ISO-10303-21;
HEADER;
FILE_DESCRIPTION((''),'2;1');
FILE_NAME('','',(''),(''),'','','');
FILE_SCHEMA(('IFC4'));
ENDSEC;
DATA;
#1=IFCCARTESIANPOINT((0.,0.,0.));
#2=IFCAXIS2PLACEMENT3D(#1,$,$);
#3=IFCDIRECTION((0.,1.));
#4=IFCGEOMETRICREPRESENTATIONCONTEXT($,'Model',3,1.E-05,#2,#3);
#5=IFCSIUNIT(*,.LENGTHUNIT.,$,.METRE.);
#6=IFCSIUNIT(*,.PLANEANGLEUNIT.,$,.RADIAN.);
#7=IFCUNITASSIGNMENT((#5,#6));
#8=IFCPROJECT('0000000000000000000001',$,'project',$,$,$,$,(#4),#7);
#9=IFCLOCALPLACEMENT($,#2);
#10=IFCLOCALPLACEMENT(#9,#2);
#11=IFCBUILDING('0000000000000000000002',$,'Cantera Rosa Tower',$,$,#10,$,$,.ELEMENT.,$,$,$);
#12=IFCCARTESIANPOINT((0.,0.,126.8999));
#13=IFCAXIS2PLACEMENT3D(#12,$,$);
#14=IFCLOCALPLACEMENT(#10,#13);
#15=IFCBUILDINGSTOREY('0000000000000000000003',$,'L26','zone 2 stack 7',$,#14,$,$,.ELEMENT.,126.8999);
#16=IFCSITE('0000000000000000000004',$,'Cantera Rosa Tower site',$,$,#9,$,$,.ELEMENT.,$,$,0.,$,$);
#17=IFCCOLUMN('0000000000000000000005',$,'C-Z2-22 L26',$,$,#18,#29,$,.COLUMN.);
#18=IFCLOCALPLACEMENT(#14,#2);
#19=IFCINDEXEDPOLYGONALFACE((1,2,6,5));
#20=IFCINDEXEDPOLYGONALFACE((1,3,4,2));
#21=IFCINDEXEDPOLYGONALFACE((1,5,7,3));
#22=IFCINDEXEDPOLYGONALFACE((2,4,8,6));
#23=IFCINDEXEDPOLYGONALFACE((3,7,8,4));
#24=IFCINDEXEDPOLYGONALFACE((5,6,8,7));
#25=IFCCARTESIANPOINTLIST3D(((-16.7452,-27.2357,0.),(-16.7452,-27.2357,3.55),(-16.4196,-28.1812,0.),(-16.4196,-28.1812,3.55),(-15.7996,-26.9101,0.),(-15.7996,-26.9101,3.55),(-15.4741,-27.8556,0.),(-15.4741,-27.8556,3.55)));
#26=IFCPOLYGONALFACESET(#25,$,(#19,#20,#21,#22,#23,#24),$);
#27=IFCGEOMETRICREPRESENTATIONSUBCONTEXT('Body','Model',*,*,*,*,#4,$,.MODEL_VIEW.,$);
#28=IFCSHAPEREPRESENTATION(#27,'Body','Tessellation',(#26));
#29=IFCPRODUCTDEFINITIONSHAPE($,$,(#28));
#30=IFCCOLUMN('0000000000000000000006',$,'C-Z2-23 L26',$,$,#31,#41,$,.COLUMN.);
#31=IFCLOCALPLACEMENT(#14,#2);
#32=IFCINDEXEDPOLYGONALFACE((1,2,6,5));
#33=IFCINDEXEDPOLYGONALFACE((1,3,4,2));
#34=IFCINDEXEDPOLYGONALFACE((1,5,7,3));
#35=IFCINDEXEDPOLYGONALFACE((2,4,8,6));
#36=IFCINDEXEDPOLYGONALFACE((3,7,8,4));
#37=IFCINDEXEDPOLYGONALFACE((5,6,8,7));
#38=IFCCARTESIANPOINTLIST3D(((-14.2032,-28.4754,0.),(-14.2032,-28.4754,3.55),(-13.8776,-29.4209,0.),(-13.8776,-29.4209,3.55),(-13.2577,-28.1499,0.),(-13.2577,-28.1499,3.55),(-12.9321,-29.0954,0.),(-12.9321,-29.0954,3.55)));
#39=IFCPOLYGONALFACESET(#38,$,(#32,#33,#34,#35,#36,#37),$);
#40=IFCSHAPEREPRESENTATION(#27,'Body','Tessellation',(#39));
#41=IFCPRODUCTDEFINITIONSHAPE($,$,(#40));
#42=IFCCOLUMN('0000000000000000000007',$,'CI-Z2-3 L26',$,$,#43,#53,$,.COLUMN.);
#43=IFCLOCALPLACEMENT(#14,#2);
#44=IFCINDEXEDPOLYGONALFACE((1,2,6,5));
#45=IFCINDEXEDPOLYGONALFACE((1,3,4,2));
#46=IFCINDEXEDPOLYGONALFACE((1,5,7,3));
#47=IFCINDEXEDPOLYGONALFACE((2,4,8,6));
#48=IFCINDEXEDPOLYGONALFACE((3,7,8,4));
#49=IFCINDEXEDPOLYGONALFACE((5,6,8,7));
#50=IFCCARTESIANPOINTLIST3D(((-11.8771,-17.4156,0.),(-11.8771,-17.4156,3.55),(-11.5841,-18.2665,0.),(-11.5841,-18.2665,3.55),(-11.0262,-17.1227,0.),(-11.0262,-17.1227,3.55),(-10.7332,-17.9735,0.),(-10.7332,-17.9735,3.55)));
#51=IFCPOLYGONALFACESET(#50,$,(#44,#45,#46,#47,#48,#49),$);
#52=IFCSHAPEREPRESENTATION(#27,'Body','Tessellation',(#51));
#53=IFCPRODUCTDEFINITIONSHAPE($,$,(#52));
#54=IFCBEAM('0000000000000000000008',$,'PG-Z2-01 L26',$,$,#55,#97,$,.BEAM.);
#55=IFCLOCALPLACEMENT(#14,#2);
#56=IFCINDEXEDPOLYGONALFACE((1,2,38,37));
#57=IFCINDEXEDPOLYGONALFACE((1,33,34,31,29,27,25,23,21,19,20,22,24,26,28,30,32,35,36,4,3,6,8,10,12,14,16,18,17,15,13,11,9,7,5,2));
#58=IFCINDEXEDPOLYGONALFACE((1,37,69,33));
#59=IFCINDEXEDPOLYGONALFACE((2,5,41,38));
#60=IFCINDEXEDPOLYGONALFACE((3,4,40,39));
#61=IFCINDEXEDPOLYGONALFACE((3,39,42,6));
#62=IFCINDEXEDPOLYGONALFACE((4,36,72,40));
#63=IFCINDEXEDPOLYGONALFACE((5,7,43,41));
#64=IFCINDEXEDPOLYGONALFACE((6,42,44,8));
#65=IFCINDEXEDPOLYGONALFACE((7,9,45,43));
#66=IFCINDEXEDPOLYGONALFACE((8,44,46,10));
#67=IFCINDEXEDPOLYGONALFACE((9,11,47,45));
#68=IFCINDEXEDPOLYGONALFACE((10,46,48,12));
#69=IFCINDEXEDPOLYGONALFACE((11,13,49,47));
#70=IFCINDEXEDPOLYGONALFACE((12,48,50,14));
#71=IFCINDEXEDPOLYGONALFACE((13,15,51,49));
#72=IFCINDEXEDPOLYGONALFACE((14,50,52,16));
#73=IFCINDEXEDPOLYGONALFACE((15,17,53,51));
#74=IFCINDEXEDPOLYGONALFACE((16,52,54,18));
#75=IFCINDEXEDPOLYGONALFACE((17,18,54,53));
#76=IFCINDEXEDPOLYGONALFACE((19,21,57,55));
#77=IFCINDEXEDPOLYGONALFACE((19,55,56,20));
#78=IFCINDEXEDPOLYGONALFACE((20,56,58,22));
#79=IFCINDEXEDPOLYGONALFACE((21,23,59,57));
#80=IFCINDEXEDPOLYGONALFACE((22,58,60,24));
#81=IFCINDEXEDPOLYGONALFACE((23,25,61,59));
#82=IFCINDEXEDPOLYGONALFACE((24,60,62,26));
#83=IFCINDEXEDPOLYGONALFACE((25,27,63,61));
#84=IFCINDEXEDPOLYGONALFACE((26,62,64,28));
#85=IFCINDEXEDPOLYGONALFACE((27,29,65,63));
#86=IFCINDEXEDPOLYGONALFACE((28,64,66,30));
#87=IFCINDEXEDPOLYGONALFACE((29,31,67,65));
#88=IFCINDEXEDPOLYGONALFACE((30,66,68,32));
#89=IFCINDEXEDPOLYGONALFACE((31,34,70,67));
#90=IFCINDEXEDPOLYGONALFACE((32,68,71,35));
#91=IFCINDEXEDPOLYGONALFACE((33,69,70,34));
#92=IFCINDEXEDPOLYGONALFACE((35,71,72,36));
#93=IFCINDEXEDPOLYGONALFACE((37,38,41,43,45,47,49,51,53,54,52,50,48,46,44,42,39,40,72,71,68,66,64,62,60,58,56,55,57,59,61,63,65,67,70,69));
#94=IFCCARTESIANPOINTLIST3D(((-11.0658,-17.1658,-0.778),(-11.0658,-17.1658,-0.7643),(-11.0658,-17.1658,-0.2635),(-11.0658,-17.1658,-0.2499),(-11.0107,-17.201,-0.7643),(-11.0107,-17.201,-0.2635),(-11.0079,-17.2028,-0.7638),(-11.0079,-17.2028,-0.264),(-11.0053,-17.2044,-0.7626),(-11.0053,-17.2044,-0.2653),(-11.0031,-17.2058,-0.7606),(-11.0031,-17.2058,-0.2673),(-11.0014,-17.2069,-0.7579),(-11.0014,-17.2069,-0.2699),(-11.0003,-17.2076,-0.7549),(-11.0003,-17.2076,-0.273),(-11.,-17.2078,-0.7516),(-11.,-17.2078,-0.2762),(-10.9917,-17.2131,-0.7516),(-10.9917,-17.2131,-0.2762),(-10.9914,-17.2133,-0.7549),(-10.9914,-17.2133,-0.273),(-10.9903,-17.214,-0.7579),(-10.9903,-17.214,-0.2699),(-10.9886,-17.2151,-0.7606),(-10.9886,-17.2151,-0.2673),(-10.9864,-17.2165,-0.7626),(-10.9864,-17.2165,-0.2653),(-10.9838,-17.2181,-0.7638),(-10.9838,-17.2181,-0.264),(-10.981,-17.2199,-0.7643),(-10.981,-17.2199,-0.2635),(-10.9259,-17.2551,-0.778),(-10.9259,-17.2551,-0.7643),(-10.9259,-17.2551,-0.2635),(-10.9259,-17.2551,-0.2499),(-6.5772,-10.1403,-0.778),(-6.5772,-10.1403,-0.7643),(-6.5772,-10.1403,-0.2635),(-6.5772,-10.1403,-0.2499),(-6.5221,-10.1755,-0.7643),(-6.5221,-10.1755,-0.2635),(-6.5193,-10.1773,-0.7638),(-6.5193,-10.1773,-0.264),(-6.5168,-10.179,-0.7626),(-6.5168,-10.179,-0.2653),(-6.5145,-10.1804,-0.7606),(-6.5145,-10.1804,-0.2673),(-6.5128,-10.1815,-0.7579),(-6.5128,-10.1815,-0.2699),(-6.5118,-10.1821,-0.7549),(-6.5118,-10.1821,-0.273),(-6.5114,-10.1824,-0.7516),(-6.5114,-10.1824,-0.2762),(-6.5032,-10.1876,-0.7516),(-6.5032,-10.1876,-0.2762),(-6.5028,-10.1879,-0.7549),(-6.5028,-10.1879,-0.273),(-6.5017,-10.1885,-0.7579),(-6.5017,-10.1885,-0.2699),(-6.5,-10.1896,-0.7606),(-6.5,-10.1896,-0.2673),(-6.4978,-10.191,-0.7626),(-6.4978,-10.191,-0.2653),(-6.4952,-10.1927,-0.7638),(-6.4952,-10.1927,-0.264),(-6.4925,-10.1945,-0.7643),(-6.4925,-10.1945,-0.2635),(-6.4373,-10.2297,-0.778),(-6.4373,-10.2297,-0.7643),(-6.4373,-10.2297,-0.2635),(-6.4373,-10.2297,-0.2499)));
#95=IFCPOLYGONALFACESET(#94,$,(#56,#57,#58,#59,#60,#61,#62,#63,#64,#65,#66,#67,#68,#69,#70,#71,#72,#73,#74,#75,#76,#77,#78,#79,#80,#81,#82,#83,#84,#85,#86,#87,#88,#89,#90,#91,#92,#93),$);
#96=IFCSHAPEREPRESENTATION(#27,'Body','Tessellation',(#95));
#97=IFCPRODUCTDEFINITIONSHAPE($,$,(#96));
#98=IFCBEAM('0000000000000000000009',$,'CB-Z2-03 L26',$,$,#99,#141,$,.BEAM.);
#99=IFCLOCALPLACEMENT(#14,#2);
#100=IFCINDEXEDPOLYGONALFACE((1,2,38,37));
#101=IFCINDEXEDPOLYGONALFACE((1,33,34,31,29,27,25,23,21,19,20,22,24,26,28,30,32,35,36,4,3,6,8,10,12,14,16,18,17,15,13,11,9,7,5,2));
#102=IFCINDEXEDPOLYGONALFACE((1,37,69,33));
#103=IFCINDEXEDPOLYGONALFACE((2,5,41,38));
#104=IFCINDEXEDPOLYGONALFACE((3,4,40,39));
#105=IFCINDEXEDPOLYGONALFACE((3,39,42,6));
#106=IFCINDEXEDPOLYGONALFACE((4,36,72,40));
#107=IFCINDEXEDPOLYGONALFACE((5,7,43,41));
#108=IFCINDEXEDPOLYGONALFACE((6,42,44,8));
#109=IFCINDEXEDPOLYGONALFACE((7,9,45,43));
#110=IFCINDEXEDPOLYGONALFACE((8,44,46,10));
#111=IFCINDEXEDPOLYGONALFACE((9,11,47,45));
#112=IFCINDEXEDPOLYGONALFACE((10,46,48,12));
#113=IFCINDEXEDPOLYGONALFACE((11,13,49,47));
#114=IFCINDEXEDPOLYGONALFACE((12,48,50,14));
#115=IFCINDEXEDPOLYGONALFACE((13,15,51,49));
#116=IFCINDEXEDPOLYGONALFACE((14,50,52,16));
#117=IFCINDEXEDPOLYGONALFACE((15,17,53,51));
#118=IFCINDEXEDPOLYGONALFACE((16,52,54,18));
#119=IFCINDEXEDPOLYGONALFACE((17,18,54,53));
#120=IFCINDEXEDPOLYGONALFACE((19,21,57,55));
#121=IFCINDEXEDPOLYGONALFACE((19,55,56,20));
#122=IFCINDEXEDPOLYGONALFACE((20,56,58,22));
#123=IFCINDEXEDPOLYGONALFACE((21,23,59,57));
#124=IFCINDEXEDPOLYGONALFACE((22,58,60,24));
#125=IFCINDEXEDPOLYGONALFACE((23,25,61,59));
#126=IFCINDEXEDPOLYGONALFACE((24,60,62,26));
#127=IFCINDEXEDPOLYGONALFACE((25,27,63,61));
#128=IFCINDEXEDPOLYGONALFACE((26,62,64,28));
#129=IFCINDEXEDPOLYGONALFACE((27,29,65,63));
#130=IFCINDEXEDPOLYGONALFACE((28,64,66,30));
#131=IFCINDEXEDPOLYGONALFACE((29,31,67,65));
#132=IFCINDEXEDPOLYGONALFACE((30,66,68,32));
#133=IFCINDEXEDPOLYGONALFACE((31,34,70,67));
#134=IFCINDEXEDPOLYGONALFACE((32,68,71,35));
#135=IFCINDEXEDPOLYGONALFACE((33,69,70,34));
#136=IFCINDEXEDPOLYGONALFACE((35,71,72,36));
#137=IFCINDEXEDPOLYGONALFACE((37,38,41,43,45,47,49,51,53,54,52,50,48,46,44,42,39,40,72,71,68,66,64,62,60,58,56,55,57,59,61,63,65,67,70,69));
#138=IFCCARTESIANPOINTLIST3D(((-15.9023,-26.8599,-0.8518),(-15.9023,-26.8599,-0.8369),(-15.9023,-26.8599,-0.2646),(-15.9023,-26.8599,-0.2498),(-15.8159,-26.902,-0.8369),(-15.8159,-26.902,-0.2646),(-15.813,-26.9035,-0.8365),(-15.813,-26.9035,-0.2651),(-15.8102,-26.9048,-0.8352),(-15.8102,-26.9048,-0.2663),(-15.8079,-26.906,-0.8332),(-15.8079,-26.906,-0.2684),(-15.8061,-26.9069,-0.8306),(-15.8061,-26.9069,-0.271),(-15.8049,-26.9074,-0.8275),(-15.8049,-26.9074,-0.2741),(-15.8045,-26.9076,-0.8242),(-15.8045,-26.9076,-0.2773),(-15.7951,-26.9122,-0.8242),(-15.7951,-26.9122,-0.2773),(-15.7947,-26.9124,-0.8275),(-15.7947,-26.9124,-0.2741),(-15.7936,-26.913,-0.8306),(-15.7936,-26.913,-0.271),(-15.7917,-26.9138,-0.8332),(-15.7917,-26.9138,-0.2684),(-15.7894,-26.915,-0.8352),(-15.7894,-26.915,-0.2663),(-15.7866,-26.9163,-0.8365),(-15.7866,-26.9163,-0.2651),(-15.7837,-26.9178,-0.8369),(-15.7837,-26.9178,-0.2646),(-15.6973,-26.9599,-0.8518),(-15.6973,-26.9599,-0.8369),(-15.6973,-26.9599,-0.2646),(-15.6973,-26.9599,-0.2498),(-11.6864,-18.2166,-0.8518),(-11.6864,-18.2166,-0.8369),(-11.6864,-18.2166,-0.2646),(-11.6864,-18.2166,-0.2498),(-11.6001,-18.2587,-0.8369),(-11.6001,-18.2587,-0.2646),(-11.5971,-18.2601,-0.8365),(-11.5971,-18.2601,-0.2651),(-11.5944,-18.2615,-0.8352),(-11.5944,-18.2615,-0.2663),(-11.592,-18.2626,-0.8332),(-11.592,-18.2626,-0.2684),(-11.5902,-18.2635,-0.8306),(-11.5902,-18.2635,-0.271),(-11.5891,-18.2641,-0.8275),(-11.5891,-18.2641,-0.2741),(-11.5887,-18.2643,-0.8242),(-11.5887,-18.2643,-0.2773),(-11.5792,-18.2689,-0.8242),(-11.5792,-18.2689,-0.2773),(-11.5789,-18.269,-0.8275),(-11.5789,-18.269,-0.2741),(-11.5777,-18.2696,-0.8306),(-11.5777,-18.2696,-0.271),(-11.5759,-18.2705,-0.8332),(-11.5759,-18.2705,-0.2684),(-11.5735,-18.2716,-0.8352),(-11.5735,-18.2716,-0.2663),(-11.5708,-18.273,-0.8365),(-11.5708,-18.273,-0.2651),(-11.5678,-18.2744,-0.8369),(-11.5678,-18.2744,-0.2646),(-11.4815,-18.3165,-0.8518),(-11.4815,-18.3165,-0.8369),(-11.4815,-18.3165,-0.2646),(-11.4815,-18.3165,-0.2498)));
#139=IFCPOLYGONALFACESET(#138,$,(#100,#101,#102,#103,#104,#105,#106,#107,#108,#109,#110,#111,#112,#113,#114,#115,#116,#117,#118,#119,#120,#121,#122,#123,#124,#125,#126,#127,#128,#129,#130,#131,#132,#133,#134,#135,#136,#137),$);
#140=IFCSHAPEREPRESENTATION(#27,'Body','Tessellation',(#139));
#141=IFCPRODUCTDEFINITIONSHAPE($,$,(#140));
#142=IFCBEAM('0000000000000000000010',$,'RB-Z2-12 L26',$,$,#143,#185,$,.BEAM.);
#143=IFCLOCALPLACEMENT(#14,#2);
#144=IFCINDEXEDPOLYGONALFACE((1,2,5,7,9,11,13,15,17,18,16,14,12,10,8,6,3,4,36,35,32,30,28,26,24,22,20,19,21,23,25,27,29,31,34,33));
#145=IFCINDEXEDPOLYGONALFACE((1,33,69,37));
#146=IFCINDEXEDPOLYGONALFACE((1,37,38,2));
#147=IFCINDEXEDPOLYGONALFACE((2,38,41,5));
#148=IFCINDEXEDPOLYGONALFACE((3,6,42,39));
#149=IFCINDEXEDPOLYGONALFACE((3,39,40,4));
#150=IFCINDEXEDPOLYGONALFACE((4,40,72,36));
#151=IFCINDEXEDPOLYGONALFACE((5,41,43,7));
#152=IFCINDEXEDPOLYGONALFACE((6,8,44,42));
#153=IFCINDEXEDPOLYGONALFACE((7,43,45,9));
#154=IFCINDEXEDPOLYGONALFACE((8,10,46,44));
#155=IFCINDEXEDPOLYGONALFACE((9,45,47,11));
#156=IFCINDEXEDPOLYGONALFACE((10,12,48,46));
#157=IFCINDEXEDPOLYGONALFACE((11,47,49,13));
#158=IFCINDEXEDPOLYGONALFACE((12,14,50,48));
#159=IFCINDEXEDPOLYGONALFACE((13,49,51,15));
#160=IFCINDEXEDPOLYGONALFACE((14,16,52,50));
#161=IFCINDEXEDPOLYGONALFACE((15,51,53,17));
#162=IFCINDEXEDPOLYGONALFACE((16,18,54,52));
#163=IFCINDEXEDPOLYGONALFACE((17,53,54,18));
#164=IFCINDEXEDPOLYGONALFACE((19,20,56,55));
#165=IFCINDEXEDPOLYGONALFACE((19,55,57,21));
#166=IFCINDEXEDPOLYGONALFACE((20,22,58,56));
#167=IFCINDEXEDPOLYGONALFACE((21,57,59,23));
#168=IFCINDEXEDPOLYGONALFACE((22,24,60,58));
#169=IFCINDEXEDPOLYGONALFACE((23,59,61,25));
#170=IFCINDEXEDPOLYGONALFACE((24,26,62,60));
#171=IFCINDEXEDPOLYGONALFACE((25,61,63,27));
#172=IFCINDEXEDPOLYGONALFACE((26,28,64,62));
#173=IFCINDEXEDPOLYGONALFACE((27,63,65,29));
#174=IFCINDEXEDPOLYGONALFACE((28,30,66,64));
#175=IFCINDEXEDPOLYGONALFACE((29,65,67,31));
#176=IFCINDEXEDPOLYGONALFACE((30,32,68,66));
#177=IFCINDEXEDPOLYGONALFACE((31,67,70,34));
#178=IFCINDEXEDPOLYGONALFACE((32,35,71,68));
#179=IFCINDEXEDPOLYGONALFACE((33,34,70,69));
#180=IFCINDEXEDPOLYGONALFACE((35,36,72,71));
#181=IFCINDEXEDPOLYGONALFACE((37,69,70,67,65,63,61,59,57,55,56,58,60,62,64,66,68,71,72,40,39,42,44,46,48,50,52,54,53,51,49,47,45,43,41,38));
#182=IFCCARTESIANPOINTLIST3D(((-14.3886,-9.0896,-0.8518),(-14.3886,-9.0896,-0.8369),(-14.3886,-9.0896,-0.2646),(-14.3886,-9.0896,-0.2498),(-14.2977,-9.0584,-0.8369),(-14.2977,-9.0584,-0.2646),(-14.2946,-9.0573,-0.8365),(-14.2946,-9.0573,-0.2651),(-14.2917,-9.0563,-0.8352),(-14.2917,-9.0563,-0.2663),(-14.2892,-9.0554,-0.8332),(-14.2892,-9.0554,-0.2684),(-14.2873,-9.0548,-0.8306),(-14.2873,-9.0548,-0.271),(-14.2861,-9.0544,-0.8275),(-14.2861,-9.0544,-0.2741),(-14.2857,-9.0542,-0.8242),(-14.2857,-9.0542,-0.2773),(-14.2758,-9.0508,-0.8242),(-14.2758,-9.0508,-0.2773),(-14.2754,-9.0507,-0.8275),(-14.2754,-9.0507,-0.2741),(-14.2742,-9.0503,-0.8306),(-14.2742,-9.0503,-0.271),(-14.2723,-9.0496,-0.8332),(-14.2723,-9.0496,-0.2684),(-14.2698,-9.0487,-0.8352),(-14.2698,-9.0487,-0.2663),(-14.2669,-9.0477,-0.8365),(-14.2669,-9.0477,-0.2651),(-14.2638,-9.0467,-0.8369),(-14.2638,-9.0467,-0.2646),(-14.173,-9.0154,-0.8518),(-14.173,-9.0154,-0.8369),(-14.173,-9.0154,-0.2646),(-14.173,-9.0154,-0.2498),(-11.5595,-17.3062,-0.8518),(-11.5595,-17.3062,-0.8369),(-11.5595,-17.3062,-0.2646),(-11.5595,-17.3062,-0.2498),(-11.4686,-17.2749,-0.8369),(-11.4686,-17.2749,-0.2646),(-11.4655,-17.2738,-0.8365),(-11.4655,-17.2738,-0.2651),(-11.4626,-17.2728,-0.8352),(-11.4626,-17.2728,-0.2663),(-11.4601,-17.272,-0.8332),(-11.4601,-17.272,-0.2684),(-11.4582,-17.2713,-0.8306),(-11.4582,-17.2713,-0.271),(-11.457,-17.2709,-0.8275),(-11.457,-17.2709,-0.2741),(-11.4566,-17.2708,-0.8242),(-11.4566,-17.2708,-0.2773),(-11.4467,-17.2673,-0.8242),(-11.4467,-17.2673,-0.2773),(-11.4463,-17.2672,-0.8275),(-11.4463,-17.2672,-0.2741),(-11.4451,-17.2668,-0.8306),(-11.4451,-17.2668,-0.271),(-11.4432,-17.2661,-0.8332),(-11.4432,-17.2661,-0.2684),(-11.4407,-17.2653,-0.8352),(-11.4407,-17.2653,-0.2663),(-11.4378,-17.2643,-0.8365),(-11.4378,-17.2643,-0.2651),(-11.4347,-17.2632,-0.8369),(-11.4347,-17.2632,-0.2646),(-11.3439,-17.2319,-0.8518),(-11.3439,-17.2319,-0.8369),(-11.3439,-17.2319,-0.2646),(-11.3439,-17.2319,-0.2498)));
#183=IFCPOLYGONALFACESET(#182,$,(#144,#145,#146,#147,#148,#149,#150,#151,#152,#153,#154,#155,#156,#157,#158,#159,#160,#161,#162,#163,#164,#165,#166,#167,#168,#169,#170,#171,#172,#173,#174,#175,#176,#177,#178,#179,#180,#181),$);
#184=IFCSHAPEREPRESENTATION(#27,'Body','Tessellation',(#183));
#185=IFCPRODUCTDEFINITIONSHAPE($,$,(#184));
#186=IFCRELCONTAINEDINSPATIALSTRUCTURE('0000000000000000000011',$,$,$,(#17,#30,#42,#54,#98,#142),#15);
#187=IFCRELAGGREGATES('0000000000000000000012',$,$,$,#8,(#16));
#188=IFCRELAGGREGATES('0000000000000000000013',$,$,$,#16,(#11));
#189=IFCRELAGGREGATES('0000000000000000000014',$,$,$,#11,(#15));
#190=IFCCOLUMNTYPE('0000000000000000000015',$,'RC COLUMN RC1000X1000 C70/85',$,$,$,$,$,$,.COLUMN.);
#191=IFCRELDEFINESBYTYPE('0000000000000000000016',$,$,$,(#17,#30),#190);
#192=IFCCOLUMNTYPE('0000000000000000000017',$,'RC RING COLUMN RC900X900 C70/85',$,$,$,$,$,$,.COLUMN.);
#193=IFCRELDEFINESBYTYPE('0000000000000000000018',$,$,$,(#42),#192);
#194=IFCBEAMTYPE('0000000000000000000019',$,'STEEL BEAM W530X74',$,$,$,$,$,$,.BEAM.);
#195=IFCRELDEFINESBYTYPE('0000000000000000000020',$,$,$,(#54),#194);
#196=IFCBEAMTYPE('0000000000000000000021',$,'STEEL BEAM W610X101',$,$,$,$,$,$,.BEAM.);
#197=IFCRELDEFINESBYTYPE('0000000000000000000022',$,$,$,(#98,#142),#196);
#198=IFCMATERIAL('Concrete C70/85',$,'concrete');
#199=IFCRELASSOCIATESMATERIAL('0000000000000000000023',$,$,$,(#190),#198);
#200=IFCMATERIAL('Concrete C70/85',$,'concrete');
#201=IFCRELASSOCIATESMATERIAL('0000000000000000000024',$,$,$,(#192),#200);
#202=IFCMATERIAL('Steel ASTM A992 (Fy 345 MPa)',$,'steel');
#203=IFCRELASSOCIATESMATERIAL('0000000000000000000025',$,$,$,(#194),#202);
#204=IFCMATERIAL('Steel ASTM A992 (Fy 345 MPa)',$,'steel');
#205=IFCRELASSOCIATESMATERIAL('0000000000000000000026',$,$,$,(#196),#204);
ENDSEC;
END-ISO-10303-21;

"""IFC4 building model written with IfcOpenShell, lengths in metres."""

from ifc_helpers import new_model, si_unit, direction, frame, origin, origin_2d, place, context, subcontext, project, spatial, rectangle, i_section, extrude, material, material_profile, profile_set, type_object, element, save


model = new_model("IFC4")

# Units and contexts
model_context = context("Model", 3, precision=1e-05, world=origin(), true_north=direction((0.0, 1.0)))
body_context = subcontext(model_context, "Body", "Model", "MODEL_VIEW")
ifc_project = project(units=[si_unit("LENGTHUNIT", "METRE"), si_unit("PLANEANGLEUNIT", "RADIAN")], contexts=[model_context])

# Site, building, storey
site_placement = place(None, origin())
site = spatial("IfcSite", under=ifc_project, at=site_placement, Name="Cantera Rosa Tower site", CompositionType="ELEMENT", RefElevation=0.0)
building_placement = place(site_placement, origin())
building = spatial("IfcBuilding", under=site, at=building_placement, Name="Cantera Rosa Tower", CompositionType="ELEMENT")
storey_placement = place(building_placement, frame((0.0, 0.0, 126.8999)))
storey = spatial("IfcBuildingStorey", under=building, at=storey_placement, Name="L26", Description="zone 2 stack 7", CompositionType="ELEMENT", Elevation=126.8999)

# Columns
ifc_material_1 = material(Name="Concrete C70/85", Category="concrete")
ifc_material_profile_1 = material_profile(ifc_material_1, rectangle(XDim=1.0, YDim=1.0, at=origin_2d()), Name="RC COLUMN RC1000X1000 C70/85")
ifc_profile_set_1 = profile_set([ifc_material_profile_1], Name="Concrete C70/85")
column_type_1 = type_object("IfcColumnType", Name="RC COLUMN RC1000X1000 C70/85", PredefinedType="COLUMN", material=ifc_profile_set_1)
for number, where, z_axis, x_axis, name in (
    (1, (-16.1096, -27.5457, 0.0), (0.0, 0.0, 1.0), (0.945519, 0.325568, 0.0), "C-Z2-22 L26"),
    (2, (-13.5676, -28.7854, 0.0), (0.0, 0.0, 1.0), (0.945519, 0.325568, 0.0), "C-Z2-23 L26"),
):
    element("IfcColumn", number, at=place(storey_placement, frame(where, z_axis=z_axis, x_axis=x_axis)), inside=storey, type_object=column_type_1, Name=name, PredefinedType="COLUMN", context=body_context, shape_type="SweptSolid", body=[
        extrude(rectangle(XDim=1.0, YDim=1.0, at=origin_2d()), origin(), (0.0, 0.0, 1.0), 3.55),
    ])
ifc_material_2 = material(Name="Concrete C70/85", Category="concrete")
ifc_material_profile_2 = material_profile(ifc_material_2, rectangle(XDim=0.8999, YDim=0.8999, at=origin_2d()), Name="RC RING COLUMN RC900X900 C70/85")
ifc_profile_set_2 = profile_set([ifc_material_profile_2], Name="Concrete C70/85")
column_type_2 = type_object("IfcColumnType", Name="RC RING COLUMN RC900X900 C70/85", PredefinedType="COLUMN", material=ifc_profile_set_2)
column_placement = place(storey_placement, frame((-11.3052, -17.6946, 0.0), z_axis=(0.0, 0.0, 1.0), x_axis=(0.945519, 0.325568, 0.0)))
element("IfcColumn", 3, at=column_placement, inside=storey, type_object=column_type_2, Name="CI-Z2-3 L26", PredefinedType="COLUMN", context=body_context, shape_type="SweptSolid", body=[
    extrude(rectangle(XDim=0.8999, YDim=0.8999, at=origin_2d()), origin(), (0.0, 0.0, 1.0), 3.55),
])

# Beams
ifc_material_3 = material(Name="Steel ASTM A992 (Fy 345 MPa)", Category="steel")
ifc_material_profile_3 = material_profile(ifc_material_3, i_section(OverallWidth=0.166, OverallDepth=0.5281, WebThickness=0.0098, FlangeThickness=0.0137, FilletRadius=0.0127, at=origin_2d()), Name="W530X74")
ifc_profile_set_3 = profile_set([ifc_material_profile_3], Name="Steel ASTM A992 (Fy 345 MPa)")
beam_type_1 = type_object("IfcBeamType", Name="STEEL BEAM W530X74", PredefinedType="BEAM", material=ifc_profile_set_3)
beam_1_placement = place(storey_placement, frame((-10.9958, -17.2104, -0.5139), z_axis=(0.538396, 0.842692, 0.0), x_axis=(-0.842692, 0.538396, 0.0)))
element("IfcBeam", 4, at=beam_1_placement, inside=storey, type_object=beam_type_1, Name="PG-Z2-01 L26", PredefinedType="BEAM", context=body_context, shape_type="SweptSolid", body=[
    extrude(i_section(OverallWidth=0.166, OverallDepth=0.5281, WebThickness=0.0098, FlangeThickness=0.0137, FilletRadius=0.0127, at=origin_2d()), origin(), (0.0, 0.0, 1.0), 8.3369),
])
ifc_material_4 = material(Name="Steel ASTM A992 (Fy 345 MPa)", Category="steel")
ifc_material_profile_4 = material_profile(ifc_material_4, i_section(OverallWidth=0.228, OverallDepth=0.6021, WebThickness=0.0105, FlangeThickness=0.0149, FilletRadius=0.0127, at=origin_2d()), Name="W610X101")
ifc_profile_set_4 = profile_set([ifc_material_profile_4], Name="Steel ASTM A992 (Fy 345 MPa)")
beam_type_2 = type_object("IfcBeamType", Name="STEEL BEAM W610X101", PredefinedType="BEAM", material=ifc_profile_set_4)
beam_2_placement = place(storey_placement, frame((-15.7998, -26.9099, -0.5508), z_axis=(0.438388, 0.898786, 0.0), x_axis=(-0.898786, 0.438388, 0.0)))
element("IfcBeam", 5, at=beam_2_placement, inside=storey, type_object=beam_type_2, Name="CB-Z2-03 L26", PredefinedType="BEAM", context=body_context, shape_type="SweptSolid", body=[
    extrude(i_section(OverallWidth=0.228, OverallDepth=0.6021, WebThickness=0.0105, FlangeThickness=0.0149, FilletRadius=0.0127, at=origin_2d()), origin(), (0.0, 0.0, 1.0), 9.6167),
])
beam_3_placement = place(storey_placement, frame((-11.4517, -17.269, -0.5508), z_axis=(-0.325559, 0.945522, 0.0), x_axis=(-0.945522, -0.325559, 0.0)))
element("IfcBeam", 6, at=beam_3_placement, inside=storey, type_object=beam_type_2, Name="RB-Z2-12 L26", PredefinedType="BEAM", context=body_context, shape_type="SweptSolid", body=[
    extrude(i_section(OverallWidth=0.228, OverallDepth=0.6021, WebThickness=0.0105, FlangeThickness=0.0149, FilletRadius=0.0127, at=origin_2d()), origin(), (0.0, 0.0, 1.0), 8.6899),
])

save(model, "model.ifc")
